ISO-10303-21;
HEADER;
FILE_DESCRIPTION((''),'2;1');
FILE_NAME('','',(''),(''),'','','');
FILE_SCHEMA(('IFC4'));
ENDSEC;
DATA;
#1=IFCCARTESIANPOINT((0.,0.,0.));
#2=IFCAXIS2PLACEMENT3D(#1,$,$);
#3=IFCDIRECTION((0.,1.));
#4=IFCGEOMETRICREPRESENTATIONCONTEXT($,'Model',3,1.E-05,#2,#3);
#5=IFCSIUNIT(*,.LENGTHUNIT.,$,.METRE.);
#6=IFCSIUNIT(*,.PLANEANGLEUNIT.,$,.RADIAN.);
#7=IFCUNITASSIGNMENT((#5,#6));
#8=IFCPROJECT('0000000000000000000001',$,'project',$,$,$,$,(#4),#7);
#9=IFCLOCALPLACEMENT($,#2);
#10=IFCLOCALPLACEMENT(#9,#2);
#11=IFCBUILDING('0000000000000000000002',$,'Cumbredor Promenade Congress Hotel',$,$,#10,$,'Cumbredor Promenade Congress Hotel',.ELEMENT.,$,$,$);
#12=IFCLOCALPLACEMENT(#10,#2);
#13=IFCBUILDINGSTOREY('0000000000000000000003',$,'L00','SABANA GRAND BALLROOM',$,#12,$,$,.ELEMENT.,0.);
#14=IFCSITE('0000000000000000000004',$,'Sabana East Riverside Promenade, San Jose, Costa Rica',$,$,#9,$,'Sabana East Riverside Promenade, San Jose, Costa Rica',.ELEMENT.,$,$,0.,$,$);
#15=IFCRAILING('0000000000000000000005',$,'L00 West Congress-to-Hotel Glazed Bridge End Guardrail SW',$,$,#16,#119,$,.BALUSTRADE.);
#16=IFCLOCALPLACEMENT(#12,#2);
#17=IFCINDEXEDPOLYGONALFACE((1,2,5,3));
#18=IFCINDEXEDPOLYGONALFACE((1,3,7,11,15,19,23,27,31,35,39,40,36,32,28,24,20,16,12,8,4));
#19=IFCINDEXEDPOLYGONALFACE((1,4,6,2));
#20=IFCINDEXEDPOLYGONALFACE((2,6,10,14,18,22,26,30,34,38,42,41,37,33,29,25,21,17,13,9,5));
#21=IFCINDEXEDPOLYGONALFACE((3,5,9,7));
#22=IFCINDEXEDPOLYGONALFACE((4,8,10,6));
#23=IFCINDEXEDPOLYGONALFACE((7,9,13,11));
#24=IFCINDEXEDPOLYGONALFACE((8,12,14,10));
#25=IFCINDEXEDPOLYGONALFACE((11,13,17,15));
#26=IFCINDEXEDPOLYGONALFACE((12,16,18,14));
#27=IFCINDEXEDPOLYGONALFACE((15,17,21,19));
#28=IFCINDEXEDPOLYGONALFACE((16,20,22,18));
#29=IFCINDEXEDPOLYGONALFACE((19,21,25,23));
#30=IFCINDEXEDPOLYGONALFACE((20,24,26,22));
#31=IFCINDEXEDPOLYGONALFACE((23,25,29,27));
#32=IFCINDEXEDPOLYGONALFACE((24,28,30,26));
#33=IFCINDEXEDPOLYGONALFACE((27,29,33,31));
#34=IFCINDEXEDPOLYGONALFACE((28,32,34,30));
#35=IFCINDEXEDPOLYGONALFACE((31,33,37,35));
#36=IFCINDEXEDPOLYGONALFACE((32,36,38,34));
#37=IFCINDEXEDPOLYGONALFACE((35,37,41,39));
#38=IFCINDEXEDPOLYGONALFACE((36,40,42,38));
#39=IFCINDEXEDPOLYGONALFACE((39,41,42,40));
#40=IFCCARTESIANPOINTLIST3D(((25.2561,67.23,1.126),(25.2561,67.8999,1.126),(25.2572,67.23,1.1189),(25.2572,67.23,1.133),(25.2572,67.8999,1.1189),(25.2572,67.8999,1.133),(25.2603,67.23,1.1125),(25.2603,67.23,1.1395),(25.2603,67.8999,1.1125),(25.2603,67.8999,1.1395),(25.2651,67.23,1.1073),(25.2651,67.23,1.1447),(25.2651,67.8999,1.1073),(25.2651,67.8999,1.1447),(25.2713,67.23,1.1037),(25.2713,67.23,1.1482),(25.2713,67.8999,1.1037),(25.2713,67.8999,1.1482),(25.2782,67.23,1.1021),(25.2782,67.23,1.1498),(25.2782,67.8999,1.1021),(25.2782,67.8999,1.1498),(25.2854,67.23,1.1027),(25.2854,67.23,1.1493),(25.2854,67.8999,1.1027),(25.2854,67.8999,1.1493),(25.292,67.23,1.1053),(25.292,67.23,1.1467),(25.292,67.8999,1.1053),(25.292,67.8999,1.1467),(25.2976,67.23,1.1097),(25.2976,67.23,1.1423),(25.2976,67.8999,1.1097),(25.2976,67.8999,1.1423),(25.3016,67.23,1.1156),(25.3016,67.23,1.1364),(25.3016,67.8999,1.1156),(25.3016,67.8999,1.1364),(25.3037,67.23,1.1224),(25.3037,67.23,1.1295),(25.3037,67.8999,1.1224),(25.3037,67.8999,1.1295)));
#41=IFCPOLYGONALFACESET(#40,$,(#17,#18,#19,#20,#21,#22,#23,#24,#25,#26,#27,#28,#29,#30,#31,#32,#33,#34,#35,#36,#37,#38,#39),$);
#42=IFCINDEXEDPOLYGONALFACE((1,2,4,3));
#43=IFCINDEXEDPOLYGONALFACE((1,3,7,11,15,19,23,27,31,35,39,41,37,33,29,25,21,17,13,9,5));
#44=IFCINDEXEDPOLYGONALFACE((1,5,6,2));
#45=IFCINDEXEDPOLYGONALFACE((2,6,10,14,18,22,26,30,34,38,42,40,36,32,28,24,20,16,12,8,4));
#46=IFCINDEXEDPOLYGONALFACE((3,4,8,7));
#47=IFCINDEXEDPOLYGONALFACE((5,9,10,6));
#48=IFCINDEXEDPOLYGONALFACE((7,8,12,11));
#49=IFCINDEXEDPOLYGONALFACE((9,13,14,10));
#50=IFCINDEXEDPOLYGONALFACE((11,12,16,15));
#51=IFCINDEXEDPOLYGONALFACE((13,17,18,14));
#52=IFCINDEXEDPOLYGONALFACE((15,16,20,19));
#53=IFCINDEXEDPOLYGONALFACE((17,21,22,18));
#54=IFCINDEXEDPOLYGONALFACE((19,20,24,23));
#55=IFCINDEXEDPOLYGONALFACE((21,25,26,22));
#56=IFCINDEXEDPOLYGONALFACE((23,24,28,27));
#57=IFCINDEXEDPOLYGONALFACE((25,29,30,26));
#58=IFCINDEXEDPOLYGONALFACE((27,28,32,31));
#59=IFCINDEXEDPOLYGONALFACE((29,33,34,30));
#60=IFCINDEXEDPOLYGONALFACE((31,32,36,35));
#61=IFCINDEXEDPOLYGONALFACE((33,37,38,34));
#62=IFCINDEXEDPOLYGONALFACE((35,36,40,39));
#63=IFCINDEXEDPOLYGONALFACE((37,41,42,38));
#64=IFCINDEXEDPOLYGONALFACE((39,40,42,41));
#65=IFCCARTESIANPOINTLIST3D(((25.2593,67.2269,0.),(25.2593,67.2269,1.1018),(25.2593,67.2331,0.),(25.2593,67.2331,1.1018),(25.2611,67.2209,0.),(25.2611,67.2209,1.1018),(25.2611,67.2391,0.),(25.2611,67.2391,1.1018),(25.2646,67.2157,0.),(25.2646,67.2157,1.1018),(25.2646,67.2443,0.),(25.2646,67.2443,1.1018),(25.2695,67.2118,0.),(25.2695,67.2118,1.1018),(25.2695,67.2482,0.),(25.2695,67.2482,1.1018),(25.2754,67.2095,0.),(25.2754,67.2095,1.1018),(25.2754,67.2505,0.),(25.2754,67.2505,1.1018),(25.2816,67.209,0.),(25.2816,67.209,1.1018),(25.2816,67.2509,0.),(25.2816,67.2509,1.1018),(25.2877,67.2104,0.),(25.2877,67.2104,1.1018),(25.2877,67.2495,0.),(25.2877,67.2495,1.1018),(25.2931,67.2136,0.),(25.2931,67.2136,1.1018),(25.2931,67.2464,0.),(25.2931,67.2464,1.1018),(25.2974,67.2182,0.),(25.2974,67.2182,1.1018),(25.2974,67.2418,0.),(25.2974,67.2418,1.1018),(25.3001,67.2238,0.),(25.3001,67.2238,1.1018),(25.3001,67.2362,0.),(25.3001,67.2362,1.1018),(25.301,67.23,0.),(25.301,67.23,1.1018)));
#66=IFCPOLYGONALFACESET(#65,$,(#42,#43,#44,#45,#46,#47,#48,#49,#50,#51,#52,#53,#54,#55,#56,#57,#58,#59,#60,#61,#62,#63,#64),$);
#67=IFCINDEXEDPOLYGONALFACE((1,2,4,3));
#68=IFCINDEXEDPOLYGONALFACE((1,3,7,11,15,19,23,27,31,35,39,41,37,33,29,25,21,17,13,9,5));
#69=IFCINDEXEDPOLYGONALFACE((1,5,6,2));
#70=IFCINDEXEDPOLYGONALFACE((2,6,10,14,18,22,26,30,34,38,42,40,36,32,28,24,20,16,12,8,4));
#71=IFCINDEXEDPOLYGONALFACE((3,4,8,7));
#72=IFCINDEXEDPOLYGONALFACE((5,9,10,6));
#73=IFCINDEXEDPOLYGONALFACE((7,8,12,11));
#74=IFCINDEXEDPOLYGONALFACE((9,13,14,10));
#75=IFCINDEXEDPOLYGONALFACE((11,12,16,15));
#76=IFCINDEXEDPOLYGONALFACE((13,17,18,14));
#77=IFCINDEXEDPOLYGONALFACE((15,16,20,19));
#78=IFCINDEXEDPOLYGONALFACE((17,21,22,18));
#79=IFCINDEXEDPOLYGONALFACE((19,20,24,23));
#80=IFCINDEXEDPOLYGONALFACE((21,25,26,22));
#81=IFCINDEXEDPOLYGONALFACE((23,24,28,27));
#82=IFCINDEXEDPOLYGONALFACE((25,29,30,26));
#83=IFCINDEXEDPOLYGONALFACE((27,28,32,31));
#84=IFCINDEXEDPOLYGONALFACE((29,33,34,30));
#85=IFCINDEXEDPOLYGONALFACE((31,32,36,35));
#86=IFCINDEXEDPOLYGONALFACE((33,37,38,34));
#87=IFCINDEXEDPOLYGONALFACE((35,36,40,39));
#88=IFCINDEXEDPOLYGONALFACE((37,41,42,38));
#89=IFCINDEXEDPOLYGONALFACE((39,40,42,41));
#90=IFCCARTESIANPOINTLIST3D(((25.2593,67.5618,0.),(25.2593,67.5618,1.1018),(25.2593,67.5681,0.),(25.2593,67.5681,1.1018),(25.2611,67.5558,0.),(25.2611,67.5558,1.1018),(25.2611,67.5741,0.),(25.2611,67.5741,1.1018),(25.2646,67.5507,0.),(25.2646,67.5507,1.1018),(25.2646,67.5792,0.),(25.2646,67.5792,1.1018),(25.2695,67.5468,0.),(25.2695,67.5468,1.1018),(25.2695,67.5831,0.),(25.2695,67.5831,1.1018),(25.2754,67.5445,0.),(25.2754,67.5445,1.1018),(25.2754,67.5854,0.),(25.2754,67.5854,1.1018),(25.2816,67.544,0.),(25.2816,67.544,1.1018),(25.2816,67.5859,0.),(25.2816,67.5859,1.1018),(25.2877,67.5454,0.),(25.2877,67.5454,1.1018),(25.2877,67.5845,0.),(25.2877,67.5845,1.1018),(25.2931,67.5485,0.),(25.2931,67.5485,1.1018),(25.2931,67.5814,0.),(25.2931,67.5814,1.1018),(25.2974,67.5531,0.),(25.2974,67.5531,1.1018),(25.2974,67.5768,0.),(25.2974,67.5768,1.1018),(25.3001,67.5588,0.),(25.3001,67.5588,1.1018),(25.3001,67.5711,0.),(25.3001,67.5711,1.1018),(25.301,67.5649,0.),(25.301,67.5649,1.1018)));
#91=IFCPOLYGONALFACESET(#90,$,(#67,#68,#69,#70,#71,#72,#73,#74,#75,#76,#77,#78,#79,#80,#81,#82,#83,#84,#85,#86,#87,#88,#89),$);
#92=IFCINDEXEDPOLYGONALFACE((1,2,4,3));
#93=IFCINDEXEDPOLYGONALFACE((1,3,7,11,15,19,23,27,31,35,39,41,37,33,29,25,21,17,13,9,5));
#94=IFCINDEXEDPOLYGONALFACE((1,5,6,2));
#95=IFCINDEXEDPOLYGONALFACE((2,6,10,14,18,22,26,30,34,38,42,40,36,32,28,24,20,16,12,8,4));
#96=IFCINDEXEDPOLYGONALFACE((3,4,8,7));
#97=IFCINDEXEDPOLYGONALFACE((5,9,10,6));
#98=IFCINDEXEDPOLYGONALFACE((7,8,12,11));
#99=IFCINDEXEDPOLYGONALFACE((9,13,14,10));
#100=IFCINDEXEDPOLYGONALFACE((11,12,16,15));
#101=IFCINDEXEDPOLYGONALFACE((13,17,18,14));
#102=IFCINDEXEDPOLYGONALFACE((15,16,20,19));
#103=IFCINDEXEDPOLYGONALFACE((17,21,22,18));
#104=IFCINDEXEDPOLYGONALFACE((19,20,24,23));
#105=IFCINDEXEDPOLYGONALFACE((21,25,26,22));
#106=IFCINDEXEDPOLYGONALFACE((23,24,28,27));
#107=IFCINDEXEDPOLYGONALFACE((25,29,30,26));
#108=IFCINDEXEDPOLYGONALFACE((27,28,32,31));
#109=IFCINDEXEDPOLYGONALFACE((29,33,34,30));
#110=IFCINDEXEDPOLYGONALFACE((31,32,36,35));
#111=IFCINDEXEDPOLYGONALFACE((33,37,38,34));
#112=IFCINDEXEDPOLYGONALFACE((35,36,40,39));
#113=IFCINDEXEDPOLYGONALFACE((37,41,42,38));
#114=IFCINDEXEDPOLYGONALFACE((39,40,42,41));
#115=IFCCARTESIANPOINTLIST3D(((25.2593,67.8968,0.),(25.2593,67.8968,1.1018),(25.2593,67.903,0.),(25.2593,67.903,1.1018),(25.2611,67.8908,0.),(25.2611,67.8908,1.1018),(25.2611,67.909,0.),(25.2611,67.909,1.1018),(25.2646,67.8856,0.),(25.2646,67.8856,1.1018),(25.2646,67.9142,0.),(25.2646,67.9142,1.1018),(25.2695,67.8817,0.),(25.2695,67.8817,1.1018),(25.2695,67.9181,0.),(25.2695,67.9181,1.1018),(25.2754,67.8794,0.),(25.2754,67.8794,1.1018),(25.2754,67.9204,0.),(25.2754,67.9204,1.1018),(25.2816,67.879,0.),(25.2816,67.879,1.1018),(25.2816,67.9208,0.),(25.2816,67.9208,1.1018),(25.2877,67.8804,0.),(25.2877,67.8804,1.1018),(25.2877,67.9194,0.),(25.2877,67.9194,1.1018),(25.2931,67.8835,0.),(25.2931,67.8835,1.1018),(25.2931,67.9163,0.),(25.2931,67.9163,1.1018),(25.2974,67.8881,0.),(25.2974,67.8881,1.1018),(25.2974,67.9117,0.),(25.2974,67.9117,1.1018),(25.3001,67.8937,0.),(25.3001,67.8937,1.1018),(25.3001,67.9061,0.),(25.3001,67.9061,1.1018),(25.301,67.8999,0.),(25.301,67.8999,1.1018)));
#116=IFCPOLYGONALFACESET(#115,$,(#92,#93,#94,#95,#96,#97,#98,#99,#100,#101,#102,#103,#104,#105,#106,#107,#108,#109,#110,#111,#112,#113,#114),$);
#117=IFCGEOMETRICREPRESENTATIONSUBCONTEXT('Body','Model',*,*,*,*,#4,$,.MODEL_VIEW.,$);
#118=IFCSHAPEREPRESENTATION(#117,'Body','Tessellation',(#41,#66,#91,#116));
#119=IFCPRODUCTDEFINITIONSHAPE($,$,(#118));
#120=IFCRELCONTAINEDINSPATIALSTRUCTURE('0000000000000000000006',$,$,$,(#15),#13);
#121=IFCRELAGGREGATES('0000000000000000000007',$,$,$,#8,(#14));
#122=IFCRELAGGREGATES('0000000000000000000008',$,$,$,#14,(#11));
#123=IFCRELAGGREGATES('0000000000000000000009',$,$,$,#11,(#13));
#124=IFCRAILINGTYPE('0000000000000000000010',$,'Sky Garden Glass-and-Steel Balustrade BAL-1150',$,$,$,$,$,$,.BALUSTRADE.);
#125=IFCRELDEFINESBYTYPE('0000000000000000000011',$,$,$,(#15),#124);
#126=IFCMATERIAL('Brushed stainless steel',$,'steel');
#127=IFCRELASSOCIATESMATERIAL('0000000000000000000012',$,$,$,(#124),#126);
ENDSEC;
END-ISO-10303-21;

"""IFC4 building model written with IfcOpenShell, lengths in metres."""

from ifc_helpers import new_model, si_unit, direction, frame, origin, origin_2d, place, context, subcontext, project, spatial, circle, extrude, material, type_object, element, save


model = new_model("IFC4")

# Units and contexts
model_context = context("Model", 3, precision=1e-05, world=origin(), true_north=direction((0.0, 1.0)))
body_context = subcontext(model_context, "Body", "Model", "MODEL_VIEW")
ifc_project = project(units=[si_unit("LENGTHUNIT", "METRE"), si_unit("PLANEANGLEUNIT", "RADIAN")], contexts=[model_context])

# Site, building, storey
site_placement = place(None, origin())
site = spatial("IfcSite", under=ifc_project, at=site_placement, Name="Sabana East Riverside Promenade, San Jose, Costa Rica", LongName="Sabana East Riverside Promenade, San Jose, Costa Rica", CompositionType="ELEMENT", RefElevation=0.0)
building_placement = place(site_placement, origin())
building = spatial("IfcBuilding", under=site, at=building_placement, Name="Cumbredor Promenade Congress Hotel", LongName="Cumbredor Promenade Congress Hotel", CompositionType="ELEMENT")
storey_placement = place(building_placement, origin())
storey = spatial("IfcBuildingStorey", under=building, at=storey_placement, Name="L00", Description="SABANA GRAND BALLROOM", CompositionType="ELEMENT", Elevation=0.0)

# Shared definitions
ifc_material_1 = material(Name="Brushed stainless steel", Category="steel")

# Railing
railing_type = type_object("IfcRailingType", Name="Sky Garden Glass-and-Steel Balustrade BAL-1150", PredefinedType="BALUSTRADE", material=ifc_material_1)
railing_placement = place(storey_placement, frame((25.28, 67.23, 0.0)))
element("IfcRailing", 1, at=railing_placement, inside=storey, type_object=railing_type, Name="L00 West Congress-to-Hotel Glazed Bridge End Guardrail SW", PredefinedType="BALUSTRADE", context=body_context, shape_type="SweptSolid", body=[
    extrude(circle(Radius=0.0239, at=origin_2d()), frame((0.0, 0.0, 1.126), z_axis=(0.0, 1.0, 0.0), x_axis=(-1.0, 0.0, 0.0)), (0.0, 0.0, 1.0), 0.6699),
    extrude(circle(Radius=0.021, at=origin_2d()), origin(), (0.0, 0.0, 1.0), 1.1018),
    extrude(circle(Radius=0.021, at=origin_2d()), frame((0.0, 0.335, 0.0)), (0.0, 0.0, 1.0), 1.1018),
    extrude(circle(Radius=0.021, at=origin_2d()), frame((0.0, 0.6699, 0.0)), (0.0, 0.0, 1.0), 1.1018),
])

save(model, "model.ifc")
